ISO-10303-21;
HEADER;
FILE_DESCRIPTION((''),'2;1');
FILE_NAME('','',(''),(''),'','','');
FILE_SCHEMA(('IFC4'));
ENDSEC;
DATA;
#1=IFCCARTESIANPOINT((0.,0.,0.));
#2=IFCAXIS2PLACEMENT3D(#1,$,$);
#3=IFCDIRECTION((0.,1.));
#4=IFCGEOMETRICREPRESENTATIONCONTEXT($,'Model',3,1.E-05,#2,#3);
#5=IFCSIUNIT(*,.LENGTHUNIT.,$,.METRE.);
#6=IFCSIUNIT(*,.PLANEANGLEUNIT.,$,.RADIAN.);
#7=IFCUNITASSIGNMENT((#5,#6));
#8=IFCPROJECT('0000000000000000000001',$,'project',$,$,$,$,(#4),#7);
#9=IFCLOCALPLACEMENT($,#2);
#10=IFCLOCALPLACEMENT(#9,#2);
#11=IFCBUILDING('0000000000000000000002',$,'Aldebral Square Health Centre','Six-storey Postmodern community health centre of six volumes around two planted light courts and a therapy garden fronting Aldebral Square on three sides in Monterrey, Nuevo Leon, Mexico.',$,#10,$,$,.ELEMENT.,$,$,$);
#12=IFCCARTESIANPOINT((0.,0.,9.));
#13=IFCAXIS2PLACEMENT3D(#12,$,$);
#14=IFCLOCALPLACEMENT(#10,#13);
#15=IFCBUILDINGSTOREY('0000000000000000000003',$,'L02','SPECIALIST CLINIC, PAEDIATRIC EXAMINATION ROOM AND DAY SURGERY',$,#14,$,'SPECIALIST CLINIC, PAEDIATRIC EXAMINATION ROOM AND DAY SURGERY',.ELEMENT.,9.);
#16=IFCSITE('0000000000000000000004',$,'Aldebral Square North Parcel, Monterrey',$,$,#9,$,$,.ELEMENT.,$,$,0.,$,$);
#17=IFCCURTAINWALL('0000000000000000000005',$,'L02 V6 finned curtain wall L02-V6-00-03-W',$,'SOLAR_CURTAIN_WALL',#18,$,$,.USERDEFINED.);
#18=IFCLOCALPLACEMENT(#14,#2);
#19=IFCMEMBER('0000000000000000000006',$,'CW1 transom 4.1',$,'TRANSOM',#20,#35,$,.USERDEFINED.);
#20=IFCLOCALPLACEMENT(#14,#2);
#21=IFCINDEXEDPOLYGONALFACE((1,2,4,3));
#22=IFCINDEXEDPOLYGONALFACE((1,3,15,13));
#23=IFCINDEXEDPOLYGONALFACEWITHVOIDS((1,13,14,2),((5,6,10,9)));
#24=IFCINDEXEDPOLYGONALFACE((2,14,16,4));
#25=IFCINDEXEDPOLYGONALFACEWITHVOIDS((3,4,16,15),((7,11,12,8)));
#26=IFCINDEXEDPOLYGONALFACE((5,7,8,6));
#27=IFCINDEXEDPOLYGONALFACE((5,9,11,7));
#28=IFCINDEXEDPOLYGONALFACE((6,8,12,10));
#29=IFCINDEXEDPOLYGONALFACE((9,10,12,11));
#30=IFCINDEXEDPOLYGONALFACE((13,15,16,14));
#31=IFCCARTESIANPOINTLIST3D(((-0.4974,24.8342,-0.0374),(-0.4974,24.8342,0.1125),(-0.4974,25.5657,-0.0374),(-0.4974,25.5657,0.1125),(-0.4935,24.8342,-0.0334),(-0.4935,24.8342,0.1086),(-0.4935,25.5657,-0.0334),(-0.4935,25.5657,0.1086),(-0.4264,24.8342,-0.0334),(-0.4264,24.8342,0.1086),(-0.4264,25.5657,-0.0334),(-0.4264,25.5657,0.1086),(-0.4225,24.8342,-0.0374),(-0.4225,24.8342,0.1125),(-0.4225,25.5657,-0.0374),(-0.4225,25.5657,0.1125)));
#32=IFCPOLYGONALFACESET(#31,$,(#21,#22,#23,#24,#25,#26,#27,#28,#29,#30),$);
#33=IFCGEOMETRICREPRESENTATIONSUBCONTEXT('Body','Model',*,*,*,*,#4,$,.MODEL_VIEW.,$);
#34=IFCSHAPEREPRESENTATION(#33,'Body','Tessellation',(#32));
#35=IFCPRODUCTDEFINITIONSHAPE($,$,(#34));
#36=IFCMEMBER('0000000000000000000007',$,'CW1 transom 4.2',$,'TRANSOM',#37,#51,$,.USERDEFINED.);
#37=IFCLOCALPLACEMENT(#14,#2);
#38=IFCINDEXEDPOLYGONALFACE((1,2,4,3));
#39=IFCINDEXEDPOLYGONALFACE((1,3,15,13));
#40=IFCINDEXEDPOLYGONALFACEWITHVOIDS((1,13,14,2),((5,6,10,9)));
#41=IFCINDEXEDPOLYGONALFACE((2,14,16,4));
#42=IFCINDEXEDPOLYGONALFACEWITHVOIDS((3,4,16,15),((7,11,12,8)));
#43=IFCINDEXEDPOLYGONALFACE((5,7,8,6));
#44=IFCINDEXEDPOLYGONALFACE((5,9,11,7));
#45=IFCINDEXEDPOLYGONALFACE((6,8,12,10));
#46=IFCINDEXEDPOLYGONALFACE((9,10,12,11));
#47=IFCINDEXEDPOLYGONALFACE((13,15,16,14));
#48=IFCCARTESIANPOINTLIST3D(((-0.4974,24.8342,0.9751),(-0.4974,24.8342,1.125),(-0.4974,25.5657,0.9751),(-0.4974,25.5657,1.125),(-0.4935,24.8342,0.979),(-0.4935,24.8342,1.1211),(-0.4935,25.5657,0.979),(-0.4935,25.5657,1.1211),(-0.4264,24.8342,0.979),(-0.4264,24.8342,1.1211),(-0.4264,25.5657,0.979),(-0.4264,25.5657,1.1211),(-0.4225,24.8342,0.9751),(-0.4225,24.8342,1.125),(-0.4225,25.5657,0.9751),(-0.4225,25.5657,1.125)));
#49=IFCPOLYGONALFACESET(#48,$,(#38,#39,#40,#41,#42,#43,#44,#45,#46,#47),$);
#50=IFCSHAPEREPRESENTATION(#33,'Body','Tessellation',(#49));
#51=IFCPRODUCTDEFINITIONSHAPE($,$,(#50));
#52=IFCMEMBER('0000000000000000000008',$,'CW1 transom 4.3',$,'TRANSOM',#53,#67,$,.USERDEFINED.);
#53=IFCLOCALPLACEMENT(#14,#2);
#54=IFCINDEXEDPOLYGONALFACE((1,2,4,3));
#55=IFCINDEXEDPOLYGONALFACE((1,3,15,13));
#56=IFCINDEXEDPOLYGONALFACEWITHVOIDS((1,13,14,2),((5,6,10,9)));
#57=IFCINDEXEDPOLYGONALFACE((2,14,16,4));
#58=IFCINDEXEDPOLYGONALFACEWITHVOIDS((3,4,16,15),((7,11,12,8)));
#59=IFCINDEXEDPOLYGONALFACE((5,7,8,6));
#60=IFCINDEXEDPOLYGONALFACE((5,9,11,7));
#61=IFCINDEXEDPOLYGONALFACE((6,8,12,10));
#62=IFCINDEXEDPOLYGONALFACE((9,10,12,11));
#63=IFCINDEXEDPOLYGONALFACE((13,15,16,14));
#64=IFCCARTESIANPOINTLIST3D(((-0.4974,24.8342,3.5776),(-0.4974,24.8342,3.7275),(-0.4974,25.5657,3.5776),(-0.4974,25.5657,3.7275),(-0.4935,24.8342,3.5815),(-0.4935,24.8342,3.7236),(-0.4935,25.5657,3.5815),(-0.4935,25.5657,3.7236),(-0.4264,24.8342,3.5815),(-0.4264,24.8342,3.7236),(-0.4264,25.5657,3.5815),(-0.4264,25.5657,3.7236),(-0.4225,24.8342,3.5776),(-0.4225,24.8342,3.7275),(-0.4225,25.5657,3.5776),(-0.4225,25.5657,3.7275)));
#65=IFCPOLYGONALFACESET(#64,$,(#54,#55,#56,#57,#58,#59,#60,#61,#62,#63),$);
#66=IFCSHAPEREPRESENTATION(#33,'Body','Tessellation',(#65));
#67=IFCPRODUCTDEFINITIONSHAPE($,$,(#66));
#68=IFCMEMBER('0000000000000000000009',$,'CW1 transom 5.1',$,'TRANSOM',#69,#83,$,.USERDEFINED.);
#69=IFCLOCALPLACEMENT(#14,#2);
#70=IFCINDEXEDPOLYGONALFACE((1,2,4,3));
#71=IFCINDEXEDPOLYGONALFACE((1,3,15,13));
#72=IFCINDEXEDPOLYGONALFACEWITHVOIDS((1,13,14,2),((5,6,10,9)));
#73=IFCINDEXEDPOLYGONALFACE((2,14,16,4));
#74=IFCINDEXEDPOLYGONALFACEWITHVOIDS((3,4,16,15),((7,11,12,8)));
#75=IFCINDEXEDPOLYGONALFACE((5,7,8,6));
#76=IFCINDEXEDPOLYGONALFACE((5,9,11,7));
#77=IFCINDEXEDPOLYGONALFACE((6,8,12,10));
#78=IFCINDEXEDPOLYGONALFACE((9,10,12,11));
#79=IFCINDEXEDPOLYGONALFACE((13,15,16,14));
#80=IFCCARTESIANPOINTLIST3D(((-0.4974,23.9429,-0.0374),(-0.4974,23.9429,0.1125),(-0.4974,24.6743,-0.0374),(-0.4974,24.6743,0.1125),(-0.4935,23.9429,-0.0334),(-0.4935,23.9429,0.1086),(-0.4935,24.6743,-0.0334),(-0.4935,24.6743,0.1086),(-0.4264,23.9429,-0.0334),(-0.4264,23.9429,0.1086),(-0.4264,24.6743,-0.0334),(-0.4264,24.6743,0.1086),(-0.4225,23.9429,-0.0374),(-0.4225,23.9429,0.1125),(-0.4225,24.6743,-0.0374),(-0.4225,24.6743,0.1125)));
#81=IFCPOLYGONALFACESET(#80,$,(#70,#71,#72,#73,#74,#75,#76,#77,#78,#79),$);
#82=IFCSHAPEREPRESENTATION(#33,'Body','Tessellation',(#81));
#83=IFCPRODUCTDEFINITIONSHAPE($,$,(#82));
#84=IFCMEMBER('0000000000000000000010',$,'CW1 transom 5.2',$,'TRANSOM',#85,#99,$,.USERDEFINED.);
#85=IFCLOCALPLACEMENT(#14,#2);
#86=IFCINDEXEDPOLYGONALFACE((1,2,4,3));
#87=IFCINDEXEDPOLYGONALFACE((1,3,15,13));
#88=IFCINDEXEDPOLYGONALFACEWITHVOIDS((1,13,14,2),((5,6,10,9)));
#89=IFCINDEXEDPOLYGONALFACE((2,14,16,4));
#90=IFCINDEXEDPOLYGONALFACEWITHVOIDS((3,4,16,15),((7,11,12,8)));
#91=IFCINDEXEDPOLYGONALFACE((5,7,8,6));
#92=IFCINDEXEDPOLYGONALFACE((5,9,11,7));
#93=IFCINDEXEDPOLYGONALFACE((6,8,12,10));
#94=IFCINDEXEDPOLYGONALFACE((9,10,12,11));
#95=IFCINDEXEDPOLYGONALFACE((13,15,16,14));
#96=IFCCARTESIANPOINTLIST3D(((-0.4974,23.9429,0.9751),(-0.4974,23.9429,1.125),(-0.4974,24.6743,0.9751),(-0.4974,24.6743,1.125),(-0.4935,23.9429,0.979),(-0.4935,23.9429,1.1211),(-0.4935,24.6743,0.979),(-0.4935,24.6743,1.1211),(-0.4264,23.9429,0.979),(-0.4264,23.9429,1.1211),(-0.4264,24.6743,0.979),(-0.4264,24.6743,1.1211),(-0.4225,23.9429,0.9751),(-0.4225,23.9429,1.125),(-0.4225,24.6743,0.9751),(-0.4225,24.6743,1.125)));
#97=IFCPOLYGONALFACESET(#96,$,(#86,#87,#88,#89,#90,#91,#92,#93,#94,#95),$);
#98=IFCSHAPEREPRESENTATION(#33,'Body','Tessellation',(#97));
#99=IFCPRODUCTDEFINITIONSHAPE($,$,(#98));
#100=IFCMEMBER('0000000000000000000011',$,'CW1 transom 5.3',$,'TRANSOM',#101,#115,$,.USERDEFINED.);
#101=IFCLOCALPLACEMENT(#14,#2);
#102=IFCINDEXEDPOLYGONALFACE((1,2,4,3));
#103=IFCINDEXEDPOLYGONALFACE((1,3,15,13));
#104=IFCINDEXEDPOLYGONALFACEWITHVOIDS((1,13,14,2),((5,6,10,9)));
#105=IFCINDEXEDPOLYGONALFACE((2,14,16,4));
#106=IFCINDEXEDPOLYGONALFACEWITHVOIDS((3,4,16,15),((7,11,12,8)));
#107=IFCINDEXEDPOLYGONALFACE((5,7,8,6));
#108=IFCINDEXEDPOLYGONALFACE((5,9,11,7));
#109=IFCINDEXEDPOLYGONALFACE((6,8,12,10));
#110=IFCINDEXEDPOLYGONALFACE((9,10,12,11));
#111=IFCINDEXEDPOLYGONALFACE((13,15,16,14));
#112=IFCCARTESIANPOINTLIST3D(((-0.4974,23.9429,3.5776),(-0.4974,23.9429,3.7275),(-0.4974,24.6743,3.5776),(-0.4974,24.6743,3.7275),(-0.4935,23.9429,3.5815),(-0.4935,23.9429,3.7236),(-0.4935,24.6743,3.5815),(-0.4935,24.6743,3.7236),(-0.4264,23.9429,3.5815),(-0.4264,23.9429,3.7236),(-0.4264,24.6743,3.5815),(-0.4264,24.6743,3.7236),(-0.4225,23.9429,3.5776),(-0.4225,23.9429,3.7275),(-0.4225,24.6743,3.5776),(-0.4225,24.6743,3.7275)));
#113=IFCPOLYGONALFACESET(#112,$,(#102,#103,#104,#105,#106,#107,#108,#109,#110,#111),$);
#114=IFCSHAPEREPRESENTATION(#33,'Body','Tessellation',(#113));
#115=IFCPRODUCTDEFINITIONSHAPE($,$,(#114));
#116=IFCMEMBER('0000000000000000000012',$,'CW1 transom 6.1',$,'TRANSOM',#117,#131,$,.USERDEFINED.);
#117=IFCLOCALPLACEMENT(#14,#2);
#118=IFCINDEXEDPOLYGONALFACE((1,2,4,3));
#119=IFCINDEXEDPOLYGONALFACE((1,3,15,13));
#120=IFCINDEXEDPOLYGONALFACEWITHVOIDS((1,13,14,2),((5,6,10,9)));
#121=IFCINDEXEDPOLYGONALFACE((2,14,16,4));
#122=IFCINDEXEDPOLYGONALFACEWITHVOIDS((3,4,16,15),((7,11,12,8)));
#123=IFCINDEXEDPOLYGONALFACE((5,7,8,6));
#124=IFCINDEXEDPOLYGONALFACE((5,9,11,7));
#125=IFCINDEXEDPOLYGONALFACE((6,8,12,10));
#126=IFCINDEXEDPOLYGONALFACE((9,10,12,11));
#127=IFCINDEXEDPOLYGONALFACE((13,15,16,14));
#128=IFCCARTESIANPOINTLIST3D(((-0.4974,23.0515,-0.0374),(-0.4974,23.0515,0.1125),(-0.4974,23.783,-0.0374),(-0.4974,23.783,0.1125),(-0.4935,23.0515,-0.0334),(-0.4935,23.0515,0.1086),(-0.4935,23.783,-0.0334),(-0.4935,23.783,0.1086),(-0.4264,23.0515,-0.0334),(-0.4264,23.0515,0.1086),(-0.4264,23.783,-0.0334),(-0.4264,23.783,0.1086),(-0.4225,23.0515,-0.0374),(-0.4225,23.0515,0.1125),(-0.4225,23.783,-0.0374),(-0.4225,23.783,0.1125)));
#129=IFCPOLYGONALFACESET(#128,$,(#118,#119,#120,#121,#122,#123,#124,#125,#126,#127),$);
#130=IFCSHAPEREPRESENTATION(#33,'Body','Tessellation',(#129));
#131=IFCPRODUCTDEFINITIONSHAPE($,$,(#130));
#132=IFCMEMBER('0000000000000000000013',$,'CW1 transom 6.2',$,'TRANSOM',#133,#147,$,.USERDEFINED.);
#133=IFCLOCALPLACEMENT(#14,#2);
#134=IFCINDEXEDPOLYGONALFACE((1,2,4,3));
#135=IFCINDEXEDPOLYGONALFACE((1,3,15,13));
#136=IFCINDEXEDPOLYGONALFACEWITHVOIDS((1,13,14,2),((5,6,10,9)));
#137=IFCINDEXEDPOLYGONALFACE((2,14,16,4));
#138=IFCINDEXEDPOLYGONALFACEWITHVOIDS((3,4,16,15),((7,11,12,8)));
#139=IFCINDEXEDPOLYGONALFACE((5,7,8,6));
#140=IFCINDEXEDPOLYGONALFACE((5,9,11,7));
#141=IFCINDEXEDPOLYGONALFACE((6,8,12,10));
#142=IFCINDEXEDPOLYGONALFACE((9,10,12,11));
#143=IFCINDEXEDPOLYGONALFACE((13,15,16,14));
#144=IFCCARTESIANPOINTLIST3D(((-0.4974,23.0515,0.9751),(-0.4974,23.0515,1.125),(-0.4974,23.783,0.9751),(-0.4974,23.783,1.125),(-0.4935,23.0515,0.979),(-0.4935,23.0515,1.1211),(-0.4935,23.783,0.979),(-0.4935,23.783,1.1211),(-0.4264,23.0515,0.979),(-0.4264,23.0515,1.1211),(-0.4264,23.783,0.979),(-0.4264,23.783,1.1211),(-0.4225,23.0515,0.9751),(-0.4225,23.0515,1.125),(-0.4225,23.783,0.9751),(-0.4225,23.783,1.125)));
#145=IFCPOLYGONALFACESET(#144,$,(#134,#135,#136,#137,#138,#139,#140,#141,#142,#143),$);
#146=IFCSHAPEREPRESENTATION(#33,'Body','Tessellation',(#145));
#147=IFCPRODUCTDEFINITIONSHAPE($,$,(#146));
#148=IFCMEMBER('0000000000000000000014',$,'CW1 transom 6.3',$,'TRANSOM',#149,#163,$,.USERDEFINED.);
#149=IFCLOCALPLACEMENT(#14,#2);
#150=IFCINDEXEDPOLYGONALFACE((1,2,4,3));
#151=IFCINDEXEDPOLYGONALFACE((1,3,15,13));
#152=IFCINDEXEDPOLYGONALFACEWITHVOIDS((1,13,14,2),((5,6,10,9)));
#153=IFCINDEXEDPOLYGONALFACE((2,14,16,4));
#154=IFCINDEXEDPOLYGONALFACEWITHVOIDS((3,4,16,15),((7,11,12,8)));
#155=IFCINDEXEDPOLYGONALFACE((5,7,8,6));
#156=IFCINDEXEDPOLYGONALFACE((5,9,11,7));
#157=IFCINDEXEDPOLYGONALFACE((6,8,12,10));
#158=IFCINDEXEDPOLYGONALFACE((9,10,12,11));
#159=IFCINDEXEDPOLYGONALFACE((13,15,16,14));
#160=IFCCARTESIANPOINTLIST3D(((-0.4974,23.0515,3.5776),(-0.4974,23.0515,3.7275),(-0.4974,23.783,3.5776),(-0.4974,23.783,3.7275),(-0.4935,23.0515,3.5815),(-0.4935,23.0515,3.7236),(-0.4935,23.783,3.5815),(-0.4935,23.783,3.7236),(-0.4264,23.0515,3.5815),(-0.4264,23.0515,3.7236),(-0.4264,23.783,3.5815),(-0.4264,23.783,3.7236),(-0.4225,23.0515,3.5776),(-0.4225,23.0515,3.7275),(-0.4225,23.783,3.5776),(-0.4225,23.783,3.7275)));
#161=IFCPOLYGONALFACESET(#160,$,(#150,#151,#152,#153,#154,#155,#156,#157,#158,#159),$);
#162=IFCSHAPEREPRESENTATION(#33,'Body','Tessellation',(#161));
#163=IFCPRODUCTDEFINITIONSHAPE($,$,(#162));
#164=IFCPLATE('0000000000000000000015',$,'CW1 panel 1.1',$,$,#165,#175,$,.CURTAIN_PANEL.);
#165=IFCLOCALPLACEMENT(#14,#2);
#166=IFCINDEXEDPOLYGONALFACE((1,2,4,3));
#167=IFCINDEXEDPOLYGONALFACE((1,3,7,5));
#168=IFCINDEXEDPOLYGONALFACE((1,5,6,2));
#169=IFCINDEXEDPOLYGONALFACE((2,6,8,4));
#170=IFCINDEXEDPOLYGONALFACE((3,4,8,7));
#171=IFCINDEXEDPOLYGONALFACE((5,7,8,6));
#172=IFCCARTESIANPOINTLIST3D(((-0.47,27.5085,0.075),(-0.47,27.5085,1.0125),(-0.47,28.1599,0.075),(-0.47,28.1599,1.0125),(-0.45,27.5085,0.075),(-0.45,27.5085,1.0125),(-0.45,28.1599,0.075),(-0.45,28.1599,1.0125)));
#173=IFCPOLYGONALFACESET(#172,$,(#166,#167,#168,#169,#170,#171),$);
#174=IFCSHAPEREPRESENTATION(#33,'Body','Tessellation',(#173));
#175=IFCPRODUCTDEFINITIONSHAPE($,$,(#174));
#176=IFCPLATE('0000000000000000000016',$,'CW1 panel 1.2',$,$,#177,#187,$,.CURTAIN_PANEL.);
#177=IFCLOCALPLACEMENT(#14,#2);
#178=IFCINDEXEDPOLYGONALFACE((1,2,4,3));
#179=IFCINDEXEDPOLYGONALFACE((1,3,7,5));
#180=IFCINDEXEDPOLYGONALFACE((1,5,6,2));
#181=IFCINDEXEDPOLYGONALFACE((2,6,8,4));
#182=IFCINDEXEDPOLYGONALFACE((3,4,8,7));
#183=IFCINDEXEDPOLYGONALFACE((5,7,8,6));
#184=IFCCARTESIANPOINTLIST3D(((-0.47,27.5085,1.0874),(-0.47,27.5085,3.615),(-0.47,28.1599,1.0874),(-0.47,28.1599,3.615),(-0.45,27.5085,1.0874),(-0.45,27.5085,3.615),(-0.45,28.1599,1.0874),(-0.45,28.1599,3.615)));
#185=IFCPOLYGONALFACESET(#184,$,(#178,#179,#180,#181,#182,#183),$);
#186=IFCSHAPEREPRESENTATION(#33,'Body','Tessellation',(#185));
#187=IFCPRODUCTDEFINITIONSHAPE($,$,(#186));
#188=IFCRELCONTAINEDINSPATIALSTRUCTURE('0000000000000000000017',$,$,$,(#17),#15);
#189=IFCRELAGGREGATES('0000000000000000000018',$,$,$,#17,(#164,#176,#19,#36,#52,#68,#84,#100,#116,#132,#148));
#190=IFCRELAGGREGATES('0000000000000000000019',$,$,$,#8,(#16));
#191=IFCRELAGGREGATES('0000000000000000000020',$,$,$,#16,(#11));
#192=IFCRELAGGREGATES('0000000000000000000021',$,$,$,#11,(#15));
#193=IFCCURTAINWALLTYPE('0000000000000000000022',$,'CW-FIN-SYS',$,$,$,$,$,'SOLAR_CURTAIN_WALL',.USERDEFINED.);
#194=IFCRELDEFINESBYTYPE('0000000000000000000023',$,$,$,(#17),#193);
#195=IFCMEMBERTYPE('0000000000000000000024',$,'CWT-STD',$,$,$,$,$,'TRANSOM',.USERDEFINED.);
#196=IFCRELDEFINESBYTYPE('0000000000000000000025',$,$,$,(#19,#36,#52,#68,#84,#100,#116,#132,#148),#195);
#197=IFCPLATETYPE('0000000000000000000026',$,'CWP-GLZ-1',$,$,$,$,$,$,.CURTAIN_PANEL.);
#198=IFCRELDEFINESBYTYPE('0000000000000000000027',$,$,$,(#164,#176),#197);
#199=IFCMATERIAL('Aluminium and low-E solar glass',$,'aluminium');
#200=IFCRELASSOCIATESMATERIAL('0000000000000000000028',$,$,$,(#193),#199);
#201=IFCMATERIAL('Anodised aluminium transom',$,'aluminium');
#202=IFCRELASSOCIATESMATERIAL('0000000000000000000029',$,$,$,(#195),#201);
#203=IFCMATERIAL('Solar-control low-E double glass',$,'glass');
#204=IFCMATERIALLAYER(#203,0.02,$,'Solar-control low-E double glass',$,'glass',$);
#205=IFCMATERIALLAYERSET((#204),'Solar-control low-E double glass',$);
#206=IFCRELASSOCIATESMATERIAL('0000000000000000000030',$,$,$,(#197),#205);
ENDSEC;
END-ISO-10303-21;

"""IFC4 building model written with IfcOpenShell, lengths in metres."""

from ifc_helpers import new_model, si_unit, direction, frame, origin, origin_2d, place, context, subcontext, project, spatial, rectangle, hollow_rectangle, extrude, material, layer, layer_set, material_profile, profile_set, type_object, element, aggregate, save


model = new_model("IFC4")

# Units and contexts
model_context = context("Model", 3, precision=1e-05, world=origin(), true_north=direction((0.0, 1.0)))
body_context = subcontext(model_context, "Body", "Model", "MODEL_VIEW")
ifc_project = project(units=[si_unit("LENGTHUNIT", "METRE"), si_unit("PLANEANGLEUNIT", "RADIAN")], contexts=[model_context])

# Site, building, storey
site_placement = place(None, origin())
site = spatial("IfcSite", under=ifc_project, at=site_placement, Name="Aldebral Square North Parcel, Monterrey", CompositionType="ELEMENT", RefElevation=0.0)
building_placement = place(site_placement, origin())
building = spatial("IfcBuilding", under=site, at=building_placement, Name="Aldebral Square Health Centre", Description="Six-storey Postmodern community health centre of six volumes around two planted light courts and a therapy garden fronting Aldebral Square on three sides in Monterrey, Nuevo Leon, Mexico.", CompositionType="ELEMENT")
storey_placement = place(building_placement, frame((0.0, 0.0, 9.0)))
storey = spatial("IfcBuildingStorey", under=building, at=storey_placement, Name="L02", Description="SPECIALIST CLINIC, PAEDIATRIC EXAMINATION ROOM AND DAY SURGERY", LongName="SPECIALIST CLINIC, PAEDIATRIC EXAMINATION ROOM AND DAY SURGERY", CompositionType="ELEMENT", Elevation=9.0)

# Curtain wall, members, plates
ifc_material_1 = material(Name="Aluminium and low-E solar glass", Category="aluminium")
curtain_wall_type = type_object("IfcCurtainWallType", Name="CW-FIN-SYS", ElementType="SOLAR_CURTAIN_WALL", PredefinedType="USERDEFINED", material=ifc_material_1)
curtain_wall_placement = place(storey_placement, origin())
curtain_wall = element("IfcCurtainWall", 1, at=curtain_wall_placement, inside=storey, type_object=curtain_wall_type, Name="L02 V6 finned curtain wall L02-V6-00-03-W", ObjectType="SOLAR_CURTAIN_WALL", PredefinedType="USERDEFINED")
ifc_material_2 = material(Name="Anodised aluminium transom", Category="aluminium")
ifc_material_profile_1 = material_profile(ifc_material_2, hollow_rectangle(XDim=0.075, YDim=0.1499, WallThickness=0.0039, at=origin_2d()), Name="CWT 75x150x4")
ifc_profile_set_1 = profile_set([ifc_material_profile_1], Name="Anodised aluminium transom")
member_type_1 = type_object("IfcMemberType", Name="CWT-STD", ElementType="TRANSOM", PredefinedType="USERDEFINED", material=ifc_profile_set_1)
member_1_placement = place(storey_placement, frame((-0.46, 25.5657, 0.0376), z_axis=(0.0, -1.0, 0.0), x_axis=(1.0, 0.0, 0.0)))
member_1 = element("IfcMember", 2, at=member_1_placement, type_object=member_type_1, Name="CW1 transom 4.1", ObjectType="TRANSOM", PredefinedType="USERDEFINED", context=body_context, shape_type="SweptSolid", body=[
    extrude(hollow_rectangle(XDim=0.075, YDim=0.1499, WallThickness=0.0039, at=origin_2d()), origin(), (0.0, 0.0, 1.0), 0.7314),
])
member_2_placement = place(storey_placement, frame((-0.46, 25.5657, 1.05), z_axis=(0.0, -1.0, 0.0), x_axis=(1.0, 0.0, 0.0)))
member_2 = element("IfcMember", 3, at=member_2_placement, type_object=member_type_1, Name="CW1 transom 4.2", ObjectType="TRANSOM", PredefinedType="USERDEFINED", context=body_context, shape_type="SweptSolid", body=[
    extrude(hollow_rectangle(XDim=0.075, YDim=0.1499, WallThickness=0.0039, at=origin_2d()), origin(), (0.0, 0.0, 1.0), 0.7314),
])
member_3_placement = place(storey_placement, frame((-0.46, 25.5657, 3.6526), z_axis=(0.0, -1.0, 0.0), x_axis=(1.0, 0.0, 0.0)))
member_3 = element("IfcMember", 4, at=member_3_placement, type_object=member_type_1, Name="CW1 transom 4.3", ObjectType="TRANSOM", PredefinedType="USERDEFINED", context=body_context, shape_type="SweptSolid", body=[
    extrude(hollow_rectangle(XDim=0.075, YDim=0.1499, WallThickness=0.0039, at=origin_2d()), origin(), (0.0, 0.0, 1.0), 0.7314),
])
member_4_placement = place(storey_placement, frame((-0.46, 24.6743, 0.0376), z_axis=(0.0, -1.0, 0.0), x_axis=(1.0, 0.0, 0.0)))
member_4 = element("IfcMember", 5, at=member_4_placement, type_object=member_type_1, Name="CW1 transom 5.1", ObjectType="TRANSOM", PredefinedType="USERDEFINED", context=body_context, shape_type="SweptSolid", body=[
    extrude(hollow_rectangle(XDim=0.075, YDim=0.1499, WallThickness=0.0039, at=origin_2d()), origin(), (0.0, 0.0, 1.0), 0.7314),
])
member_5_placement = place(storey_placement, frame((-0.46, 24.6743, 1.05), z_axis=(0.0, -1.0, 0.0), x_axis=(1.0, 0.0, 0.0)))
member_5 = element("IfcMember", 6, at=member_5_placement, type_object=member_type_1, Name="CW1 transom 5.2", ObjectType="TRANSOM", PredefinedType="USERDEFINED", context=body_context, shape_type="SweptSolid", body=[
    extrude(hollow_rectangle(XDim=0.075, YDim=0.1499, WallThickness=0.0039, at=origin_2d()), origin(), (0.0, 0.0, 1.0), 0.7314),
])
member_6_placement = place(storey_placement, frame((-0.46, 24.6743, 3.6526), z_axis=(0.0, -1.0, 0.0), x_axis=(1.0, 0.0, 0.0)))
member_6 = element("IfcMember", 7, at=member_6_placement, type_object=member_type_1, Name="CW1 transom 5.3", ObjectType="TRANSOM", PredefinedType="USERDEFINED", context=body_context, shape_type="SweptSolid", body=[
    extrude(hollow_rectangle(XDim=0.075, YDim=0.1499, WallThickness=0.0039, at=origin_2d()), origin(), (0.0, 0.0, 1.0), 0.7314),
])
member_7_placement = place(storey_placement, frame((-0.46, 23.783, 0.0376), z_axis=(0.0, -1.0, 0.0), x_axis=(1.0, 0.0, 0.0)))
member_7 = element("IfcMember", 8, at=member_7_placement, type_object=member_type_1, Name="CW1 transom 6.1", ObjectType="TRANSOM", PredefinedType="USERDEFINED", context=body_context, shape_type="SweptSolid", body=[
    extrude(hollow_rectangle(XDim=0.075, YDim=0.1499, WallThickness=0.0039, at=origin_2d()), origin(), (0.0, 0.0, 1.0), 0.7314),
])
member_8_placement = place(storey_placement, frame((-0.46, 23.783, 1.05), z_axis=(0.0, -1.0, 0.0), x_axis=(1.0, 0.0, 0.0)))
member_8 = element("IfcMember", 9, at=member_8_placement, type_object=member_type_1, Name="CW1 transom 6.2", ObjectType="TRANSOM", PredefinedType="USERDEFINED", context=body_context, shape_type="SweptSolid", body=[
    extrude(hollow_rectangle(XDim=0.075, YDim=0.1499, WallThickness=0.0039, at=origin_2d()), origin(), (0.0, 0.0, 1.0), 0.7314),
])
member_9_placement = place(storey_placement, frame((-0.46, 23.783, 3.6526), z_axis=(0.0, -1.0, 0.0), x_axis=(1.0, 0.0, 0.0)))
member_9 = element("IfcMember", 10, at=member_9_placement, type_object=member_type_1, Name="CW1 transom 6.3", ObjectType="TRANSOM", PredefinedType="USERDEFINED", context=body_context, shape_type="SweptSolid", body=[
    extrude(hollow_rectangle(XDim=0.075, YDim=0.1499, WallThickness=0.0039, at=origin_2d()), origin(), (0.0, 0.0, 1.0), 0.7314),
])
ifc_material_3 = material(Name="Solar-control low-E double glass", Category="glass")
ifc_layer_1 = layer(ifc_material_3, 0.02, Name="Solar-control low-E double glass", Category="glass")
ifc_layer_set_1 = layer_set([ifc_layer_1], Name="Solar-control low-E double glass")
plate_type = type_object("IfcPlateType", Name="CWP-GLZ-1", PredefinedType="CURTAIN_PANEL", material=ifc_layer_set_1)
plate_1_placement = place(storey_placement, frame((-0.46, 27.8342, 0.075), z_axis=(0.0, 0.0, 1.0), x_axis=(0.0, -1.0, 0.0)))
plate_1 = element("IfcPlate", 11, at=plate_1_placement, type_object=plate_type, Name="CW1 panel 1.1", PredefinedType="CURTAIN_PANEL", context=body_context, shape_type="SweptSolid", body=[
    extrude(rectangle(XDim=0.6514, YDim=0.02, at=origin_2d()), origin(), (0.0, 0.0, 1.0), 0.9375),
])
plate_2_placement = place(storey_placement, frame((-0.46, 27.8342, 1.0874), z_axis=(0.0, 0.0, 1.0), x_axis=(0.0, -1.0, 0.0)))
plate_2 = element("IfcPlate", 12, at=plate_2_placement, type_object=plate_type, Name="CW1 panel 1.2", PredefinedType="CURTAIN_PANEL", context=body_context, shape_type="SweptSolid", body=[
    extrude(rectangle(XDim=0.6514, YDim=0.02, at=origin_2d()), origin(), (0.0, 0.0, 1.0), 2.5276),
])
aggregate(curtain_wall, [plate_1, plate_2, member_1, member_2, member_3, member_4, member_5, member_6, member_7, member_8, member_9])

save(model, "model.ifc")
